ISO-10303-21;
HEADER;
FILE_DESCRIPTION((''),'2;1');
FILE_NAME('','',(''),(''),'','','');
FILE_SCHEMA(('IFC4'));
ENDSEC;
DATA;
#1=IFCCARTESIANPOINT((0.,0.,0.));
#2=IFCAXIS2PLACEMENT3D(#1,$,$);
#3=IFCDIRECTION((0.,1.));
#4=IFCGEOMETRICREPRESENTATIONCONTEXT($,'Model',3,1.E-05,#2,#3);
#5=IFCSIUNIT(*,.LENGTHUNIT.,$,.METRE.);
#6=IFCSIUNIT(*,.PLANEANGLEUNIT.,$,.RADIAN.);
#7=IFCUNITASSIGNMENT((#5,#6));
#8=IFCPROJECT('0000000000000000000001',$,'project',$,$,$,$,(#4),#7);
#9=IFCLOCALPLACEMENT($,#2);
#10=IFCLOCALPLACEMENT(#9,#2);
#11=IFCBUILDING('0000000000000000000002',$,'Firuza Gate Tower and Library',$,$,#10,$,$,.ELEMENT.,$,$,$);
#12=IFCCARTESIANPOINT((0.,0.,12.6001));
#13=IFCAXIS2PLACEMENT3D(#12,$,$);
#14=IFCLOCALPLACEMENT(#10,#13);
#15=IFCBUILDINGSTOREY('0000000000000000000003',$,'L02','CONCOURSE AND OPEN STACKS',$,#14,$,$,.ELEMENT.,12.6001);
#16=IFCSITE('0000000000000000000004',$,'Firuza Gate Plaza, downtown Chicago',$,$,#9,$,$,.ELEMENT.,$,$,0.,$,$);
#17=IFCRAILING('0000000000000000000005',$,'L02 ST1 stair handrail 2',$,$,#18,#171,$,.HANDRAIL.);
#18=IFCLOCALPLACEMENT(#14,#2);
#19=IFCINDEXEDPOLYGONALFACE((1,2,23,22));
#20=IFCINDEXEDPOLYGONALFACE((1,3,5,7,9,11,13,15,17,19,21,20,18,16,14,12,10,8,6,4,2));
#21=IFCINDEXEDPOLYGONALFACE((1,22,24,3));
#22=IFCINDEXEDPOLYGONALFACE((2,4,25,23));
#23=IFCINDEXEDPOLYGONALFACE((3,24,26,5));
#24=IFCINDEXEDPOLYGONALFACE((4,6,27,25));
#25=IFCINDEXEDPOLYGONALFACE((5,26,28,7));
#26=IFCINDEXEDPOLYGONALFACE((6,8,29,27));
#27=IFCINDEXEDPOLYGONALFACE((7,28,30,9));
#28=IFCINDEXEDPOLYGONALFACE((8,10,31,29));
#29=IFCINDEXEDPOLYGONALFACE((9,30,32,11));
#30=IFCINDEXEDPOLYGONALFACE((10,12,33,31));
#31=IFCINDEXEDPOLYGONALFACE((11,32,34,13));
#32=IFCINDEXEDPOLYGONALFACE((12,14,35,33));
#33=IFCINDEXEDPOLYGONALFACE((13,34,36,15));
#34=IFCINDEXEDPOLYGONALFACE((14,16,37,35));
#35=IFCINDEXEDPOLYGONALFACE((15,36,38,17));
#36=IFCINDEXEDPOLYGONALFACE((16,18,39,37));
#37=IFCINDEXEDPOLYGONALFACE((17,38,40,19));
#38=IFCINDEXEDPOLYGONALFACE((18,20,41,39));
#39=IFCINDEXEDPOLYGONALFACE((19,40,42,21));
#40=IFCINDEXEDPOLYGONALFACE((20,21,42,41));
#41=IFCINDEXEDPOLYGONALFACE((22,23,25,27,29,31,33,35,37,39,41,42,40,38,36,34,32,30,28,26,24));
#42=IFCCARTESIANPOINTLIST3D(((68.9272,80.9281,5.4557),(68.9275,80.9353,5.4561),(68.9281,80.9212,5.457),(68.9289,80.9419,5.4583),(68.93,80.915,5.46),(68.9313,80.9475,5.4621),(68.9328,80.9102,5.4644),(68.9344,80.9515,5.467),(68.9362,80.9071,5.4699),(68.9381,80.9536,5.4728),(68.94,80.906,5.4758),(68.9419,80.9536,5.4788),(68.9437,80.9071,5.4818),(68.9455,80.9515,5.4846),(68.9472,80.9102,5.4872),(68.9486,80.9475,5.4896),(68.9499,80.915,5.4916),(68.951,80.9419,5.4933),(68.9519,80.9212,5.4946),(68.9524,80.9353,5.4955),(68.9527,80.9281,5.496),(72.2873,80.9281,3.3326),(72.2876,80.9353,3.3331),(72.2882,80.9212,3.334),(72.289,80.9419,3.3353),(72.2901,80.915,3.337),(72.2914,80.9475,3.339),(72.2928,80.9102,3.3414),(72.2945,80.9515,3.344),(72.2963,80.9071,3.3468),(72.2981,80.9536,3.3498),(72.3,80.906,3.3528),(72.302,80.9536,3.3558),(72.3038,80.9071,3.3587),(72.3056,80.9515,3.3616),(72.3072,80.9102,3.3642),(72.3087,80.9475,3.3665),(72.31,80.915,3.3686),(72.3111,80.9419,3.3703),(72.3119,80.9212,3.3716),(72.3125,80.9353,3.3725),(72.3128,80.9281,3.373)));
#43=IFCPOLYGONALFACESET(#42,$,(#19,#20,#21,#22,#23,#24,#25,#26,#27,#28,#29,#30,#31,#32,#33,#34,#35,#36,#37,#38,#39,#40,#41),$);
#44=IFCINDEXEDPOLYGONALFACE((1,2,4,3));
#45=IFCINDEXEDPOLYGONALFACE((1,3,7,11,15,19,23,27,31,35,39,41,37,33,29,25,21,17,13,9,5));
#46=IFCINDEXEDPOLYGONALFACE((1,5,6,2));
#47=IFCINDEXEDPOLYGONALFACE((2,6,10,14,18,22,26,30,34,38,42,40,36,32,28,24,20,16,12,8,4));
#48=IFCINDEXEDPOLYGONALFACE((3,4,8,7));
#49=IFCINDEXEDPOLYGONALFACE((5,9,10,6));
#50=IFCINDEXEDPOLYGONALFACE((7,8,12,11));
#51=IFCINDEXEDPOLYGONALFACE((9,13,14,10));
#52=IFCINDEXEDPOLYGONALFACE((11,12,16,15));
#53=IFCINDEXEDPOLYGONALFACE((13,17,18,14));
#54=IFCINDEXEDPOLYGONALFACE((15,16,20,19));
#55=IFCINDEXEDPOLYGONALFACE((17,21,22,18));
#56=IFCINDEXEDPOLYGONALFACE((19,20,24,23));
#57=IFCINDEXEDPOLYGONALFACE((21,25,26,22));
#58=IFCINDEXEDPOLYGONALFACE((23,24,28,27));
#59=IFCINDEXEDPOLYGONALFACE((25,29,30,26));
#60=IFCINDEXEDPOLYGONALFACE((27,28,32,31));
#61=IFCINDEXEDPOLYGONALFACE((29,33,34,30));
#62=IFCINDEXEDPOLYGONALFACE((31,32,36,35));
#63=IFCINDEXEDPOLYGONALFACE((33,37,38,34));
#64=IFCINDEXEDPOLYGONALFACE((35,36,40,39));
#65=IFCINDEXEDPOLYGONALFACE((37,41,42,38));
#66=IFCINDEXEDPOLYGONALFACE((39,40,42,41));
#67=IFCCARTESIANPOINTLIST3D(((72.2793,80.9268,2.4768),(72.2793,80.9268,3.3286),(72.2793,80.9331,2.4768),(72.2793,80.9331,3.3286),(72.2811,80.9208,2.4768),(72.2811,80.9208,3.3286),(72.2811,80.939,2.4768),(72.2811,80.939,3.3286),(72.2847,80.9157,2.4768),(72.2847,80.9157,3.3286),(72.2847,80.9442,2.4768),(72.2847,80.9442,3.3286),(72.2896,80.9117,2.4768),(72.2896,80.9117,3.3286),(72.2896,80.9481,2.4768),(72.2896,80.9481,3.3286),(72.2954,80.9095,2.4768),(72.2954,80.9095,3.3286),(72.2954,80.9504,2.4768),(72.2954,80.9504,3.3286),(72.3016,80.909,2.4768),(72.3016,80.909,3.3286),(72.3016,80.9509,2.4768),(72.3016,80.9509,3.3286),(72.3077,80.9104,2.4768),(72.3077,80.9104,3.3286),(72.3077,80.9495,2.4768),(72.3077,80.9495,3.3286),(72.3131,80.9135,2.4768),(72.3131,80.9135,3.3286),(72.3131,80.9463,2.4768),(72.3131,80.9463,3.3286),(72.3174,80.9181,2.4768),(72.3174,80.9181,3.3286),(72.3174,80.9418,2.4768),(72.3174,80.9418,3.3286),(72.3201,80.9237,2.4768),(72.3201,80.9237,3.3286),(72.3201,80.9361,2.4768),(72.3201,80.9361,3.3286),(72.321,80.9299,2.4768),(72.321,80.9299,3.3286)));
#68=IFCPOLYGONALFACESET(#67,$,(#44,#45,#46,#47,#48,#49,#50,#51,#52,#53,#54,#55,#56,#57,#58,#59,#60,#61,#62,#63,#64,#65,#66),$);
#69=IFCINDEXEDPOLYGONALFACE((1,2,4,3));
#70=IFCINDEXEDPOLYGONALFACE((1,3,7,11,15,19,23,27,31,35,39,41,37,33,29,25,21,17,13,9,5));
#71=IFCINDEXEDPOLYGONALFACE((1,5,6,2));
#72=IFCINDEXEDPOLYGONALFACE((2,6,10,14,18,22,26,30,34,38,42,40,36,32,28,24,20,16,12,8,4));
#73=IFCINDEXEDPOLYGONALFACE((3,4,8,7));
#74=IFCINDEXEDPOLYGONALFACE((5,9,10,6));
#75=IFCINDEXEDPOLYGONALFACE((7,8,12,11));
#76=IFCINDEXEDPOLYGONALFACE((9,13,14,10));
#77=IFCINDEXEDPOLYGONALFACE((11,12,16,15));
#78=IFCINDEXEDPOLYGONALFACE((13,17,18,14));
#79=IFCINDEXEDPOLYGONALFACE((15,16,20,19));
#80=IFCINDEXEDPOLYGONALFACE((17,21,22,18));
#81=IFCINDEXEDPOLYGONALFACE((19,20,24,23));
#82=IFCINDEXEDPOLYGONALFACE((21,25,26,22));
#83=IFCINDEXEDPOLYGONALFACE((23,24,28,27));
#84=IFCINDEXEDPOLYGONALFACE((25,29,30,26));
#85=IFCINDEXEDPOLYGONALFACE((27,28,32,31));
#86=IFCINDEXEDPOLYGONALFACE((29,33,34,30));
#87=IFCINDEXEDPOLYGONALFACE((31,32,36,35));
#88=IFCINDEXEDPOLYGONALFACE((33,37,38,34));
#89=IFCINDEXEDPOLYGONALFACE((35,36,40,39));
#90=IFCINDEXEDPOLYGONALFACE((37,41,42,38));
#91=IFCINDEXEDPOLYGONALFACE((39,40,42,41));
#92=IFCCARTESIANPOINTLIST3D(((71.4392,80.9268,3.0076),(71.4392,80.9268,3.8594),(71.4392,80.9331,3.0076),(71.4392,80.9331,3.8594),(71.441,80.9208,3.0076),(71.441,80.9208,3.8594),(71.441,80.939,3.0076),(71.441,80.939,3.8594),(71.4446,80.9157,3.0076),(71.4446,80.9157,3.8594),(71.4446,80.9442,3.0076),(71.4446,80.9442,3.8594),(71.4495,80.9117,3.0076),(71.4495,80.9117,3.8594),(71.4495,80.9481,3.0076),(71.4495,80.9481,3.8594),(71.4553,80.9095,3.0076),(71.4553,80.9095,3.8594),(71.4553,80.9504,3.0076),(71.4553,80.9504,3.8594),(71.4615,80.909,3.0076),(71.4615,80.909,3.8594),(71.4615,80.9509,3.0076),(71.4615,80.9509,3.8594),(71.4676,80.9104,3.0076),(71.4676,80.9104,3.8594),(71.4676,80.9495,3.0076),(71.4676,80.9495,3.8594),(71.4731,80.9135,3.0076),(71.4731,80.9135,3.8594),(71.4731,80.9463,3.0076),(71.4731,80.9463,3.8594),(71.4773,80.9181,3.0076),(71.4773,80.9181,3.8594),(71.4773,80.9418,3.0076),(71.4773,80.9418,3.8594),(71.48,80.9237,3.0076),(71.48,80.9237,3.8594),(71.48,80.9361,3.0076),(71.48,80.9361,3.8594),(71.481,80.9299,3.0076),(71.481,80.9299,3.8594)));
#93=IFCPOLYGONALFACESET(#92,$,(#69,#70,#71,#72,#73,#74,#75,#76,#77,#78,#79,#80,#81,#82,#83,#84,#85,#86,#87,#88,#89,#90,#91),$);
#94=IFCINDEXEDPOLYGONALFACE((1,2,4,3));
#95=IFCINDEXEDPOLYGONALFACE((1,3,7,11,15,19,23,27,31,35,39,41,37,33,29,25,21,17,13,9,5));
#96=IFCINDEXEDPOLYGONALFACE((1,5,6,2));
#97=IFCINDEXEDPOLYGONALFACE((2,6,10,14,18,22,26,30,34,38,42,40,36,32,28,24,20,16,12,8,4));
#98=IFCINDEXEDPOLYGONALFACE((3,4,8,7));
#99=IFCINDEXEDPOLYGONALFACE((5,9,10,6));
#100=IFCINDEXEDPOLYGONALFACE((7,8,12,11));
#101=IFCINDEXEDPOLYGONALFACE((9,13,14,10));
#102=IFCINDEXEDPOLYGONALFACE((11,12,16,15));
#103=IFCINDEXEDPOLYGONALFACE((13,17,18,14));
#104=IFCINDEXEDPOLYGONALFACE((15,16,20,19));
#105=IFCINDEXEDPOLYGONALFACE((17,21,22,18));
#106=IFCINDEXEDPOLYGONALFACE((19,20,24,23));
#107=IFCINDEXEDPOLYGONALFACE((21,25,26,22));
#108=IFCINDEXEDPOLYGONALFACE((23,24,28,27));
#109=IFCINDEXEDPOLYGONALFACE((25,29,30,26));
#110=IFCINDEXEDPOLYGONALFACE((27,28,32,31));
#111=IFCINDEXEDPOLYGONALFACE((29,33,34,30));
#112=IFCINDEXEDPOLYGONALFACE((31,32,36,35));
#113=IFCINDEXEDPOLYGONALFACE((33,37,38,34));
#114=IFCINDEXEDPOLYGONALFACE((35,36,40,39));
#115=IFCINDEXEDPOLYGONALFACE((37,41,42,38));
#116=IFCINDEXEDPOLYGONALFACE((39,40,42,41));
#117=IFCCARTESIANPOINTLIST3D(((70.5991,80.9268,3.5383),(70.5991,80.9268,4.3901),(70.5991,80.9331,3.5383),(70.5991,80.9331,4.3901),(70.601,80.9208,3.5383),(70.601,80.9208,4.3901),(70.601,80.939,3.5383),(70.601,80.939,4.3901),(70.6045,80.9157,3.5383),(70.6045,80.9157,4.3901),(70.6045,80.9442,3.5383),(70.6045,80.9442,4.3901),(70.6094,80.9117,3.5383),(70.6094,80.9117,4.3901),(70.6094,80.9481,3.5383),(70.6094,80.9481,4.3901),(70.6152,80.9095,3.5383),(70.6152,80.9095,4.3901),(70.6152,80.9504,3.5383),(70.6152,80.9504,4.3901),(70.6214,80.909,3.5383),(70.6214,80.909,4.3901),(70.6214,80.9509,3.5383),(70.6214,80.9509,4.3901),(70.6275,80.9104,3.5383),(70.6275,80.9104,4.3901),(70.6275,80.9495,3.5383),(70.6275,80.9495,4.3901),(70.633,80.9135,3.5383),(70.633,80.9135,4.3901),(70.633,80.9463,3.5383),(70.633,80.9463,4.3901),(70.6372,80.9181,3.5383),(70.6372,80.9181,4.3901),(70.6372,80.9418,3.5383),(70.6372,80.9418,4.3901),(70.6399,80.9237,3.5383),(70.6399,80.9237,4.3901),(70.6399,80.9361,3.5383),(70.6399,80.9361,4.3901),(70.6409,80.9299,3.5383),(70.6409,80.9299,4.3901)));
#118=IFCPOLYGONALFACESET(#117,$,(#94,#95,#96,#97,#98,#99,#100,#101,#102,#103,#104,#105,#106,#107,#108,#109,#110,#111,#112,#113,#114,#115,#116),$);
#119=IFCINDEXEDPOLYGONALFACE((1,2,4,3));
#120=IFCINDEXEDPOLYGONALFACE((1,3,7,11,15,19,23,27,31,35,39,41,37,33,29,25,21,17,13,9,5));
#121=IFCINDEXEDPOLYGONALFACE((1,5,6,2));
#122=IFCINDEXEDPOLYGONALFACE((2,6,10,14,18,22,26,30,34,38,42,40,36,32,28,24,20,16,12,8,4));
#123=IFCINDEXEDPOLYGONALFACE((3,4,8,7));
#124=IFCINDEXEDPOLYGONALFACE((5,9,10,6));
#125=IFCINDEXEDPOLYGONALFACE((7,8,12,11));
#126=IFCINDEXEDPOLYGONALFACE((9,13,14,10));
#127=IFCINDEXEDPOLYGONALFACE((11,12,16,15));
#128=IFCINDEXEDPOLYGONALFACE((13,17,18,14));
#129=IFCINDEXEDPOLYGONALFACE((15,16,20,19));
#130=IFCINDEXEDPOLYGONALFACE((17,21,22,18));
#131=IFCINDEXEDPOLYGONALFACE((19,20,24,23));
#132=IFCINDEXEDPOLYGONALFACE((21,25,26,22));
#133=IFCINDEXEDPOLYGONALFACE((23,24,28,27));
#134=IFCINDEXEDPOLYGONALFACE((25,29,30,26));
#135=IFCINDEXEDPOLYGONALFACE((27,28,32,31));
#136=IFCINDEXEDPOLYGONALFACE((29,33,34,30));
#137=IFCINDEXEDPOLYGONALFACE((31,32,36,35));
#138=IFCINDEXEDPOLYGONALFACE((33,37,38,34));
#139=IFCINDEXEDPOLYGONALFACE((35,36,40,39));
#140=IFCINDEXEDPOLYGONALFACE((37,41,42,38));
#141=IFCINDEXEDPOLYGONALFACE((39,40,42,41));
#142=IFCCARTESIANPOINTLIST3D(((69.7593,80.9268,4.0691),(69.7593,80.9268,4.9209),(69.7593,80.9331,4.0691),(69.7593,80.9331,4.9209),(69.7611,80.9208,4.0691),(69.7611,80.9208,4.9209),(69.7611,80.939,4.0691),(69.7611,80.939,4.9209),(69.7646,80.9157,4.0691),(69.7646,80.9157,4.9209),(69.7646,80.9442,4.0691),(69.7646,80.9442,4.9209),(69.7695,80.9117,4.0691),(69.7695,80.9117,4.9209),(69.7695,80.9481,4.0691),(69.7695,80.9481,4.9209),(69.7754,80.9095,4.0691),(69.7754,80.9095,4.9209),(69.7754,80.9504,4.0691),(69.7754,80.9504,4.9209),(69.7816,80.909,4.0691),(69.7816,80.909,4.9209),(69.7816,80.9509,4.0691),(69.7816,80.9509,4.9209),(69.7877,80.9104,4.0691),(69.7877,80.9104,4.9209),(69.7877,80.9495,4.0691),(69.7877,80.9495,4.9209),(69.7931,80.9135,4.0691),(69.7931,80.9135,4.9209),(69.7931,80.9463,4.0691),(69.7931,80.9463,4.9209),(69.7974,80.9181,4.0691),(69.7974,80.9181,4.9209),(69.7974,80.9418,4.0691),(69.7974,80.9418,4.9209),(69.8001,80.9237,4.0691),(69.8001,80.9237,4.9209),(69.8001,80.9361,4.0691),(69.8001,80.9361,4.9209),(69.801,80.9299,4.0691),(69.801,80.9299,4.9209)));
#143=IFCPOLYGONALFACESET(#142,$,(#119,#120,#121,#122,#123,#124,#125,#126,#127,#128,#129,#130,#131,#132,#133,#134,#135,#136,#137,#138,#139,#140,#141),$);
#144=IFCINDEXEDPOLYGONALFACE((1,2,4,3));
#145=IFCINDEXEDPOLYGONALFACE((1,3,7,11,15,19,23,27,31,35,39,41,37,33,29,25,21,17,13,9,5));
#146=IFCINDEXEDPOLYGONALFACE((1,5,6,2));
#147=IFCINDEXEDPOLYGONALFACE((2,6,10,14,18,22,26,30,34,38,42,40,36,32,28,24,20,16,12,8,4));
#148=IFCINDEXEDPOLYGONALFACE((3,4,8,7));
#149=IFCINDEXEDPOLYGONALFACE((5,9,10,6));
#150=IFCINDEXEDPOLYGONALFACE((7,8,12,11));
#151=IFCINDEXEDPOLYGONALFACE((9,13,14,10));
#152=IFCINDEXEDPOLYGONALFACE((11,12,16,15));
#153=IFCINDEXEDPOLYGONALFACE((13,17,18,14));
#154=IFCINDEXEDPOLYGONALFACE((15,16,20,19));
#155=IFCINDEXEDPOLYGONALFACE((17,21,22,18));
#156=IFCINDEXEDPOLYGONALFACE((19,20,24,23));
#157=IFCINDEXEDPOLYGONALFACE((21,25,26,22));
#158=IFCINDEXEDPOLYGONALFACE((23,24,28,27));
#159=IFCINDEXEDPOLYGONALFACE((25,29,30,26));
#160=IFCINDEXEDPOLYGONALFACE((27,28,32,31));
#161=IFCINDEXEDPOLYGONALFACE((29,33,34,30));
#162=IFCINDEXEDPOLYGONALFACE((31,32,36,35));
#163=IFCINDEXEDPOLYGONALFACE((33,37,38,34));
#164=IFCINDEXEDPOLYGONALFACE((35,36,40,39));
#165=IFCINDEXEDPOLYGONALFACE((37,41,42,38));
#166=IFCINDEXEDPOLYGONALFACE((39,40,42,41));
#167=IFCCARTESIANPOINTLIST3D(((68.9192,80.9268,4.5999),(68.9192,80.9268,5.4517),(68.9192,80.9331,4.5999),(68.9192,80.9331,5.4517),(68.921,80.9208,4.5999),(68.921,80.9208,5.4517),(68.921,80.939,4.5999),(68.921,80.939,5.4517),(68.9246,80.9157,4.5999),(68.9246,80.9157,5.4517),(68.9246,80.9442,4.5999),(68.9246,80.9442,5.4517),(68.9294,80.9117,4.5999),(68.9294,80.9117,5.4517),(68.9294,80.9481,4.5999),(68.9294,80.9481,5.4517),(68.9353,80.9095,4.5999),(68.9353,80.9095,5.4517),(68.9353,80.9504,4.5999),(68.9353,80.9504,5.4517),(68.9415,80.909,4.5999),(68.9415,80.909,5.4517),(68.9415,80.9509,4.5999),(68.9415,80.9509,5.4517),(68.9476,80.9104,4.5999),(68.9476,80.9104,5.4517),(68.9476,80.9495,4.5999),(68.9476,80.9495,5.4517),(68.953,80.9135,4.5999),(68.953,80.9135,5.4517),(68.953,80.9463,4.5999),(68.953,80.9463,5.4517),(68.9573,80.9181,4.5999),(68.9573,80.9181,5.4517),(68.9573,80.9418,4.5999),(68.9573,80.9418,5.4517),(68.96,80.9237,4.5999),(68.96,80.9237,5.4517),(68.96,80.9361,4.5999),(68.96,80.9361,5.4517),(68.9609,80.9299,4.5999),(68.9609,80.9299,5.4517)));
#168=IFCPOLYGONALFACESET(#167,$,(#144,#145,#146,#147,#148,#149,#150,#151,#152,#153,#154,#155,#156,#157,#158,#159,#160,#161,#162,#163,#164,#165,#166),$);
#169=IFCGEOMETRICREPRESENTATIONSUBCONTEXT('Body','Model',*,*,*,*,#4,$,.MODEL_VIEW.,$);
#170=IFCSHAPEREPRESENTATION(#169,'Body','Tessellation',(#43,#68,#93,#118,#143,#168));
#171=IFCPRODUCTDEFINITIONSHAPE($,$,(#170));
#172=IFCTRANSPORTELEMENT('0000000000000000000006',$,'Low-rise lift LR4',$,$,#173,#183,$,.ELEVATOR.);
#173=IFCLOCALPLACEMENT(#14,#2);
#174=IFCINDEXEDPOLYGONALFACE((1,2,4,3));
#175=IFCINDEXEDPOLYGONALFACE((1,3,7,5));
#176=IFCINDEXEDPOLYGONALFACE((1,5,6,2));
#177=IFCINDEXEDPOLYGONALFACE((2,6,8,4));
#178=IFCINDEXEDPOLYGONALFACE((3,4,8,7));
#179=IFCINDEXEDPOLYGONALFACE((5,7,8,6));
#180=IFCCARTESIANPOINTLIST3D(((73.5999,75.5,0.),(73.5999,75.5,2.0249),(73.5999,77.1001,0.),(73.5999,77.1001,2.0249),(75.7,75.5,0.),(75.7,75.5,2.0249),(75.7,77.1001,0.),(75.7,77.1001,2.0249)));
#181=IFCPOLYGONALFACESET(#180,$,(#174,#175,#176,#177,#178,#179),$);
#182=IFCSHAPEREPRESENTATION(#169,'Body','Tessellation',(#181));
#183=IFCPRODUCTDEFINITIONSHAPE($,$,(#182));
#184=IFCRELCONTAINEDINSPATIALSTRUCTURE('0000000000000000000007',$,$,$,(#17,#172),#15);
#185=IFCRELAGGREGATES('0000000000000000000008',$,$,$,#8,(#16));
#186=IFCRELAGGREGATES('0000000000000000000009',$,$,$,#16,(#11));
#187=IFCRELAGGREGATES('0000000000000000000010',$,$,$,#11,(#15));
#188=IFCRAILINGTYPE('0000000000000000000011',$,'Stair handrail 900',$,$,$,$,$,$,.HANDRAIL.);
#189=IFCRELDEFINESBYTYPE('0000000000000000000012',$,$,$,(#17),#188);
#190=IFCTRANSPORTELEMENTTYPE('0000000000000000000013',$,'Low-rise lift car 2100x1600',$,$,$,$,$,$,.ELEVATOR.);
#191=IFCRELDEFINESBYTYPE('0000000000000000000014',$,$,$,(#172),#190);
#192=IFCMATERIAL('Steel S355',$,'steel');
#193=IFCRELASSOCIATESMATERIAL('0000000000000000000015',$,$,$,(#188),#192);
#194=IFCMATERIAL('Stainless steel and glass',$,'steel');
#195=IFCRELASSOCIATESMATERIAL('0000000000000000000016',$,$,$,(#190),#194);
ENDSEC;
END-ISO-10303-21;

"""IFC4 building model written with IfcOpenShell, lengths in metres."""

from ifc_helpers import new_model, si_unit, direction, frame, origin, origin_2d, place, context, subcontext, project, spatial, rectangle, circle, extrude, material, type_object, element, save


model = new_model("IFC4")

# Units and contexts
model_context = context("Model", 3, precision=1e-05, world=origin(), true_north=direction((0.0, 1.0)))
body_context = subcontext(model_context, "Body", "Model", "MODEL_VIEW")
ifc_project = project(units=[si_unit("LENGTHUNIT", "METRE"), si_unit("PLANEANGLEUNIT", "RADIAN")], contexts=[model_context])

# Site, building, storey
site_placement = place(None, origin())
site = spatial("IfcSite", under=ifc_project, at=site_placement, Name="Firuza Gate Plaza, downtown Chicago", CompositionType="ELEMENT", RefElevation=0.0)
building_placement = place(site_placement, origin())
building = spatial("IfcBuilding", under=site, at=building_placement, Name="Firuza Gate Tower and Library", CompositionType="ELEMENT")
storey_placement = place(building_placement, frame((0.0, 0.0, 12.6001)))
storey = spatial("IfcBuildingStorey", under=building, at=storey_placement, Name="L02", Description="CONCOURSE AND OPEN STACKS", CompositionType="ELEMENT", Elevation=12.6001)

# Railing
ifc_material_1 = material(Name="Steel S355", Category="steel")
railing_type_1 = type_object("IfcRailingType", Name="Stair handrail 900", PredefinedType="HANDRAIL", material=ifc_material_1)
railing_1_placement = place(storey_placement, frame((72.3, 80.9299, 2.4768)))
element("IfcRailing", 1, at=railing_1_placement, inside=storey, type_object=railing_type_1, Name="L02 ST1 stair handrail 2", PredefinedType="HANDRAIL", context=body_context, shape_type="SweptSolid", body=[
    extrude(circle(Radius=0.0239, at=origin_2d()), frame((0.0, 0.0, 0.876), z_axis=(-0.84539, 0.0, 0.53415), x_axis=(0.0, -1.0, 0.0)), (0.0, 0.0, 1.0), 3.9746),
    extrude(circle(Radius=0.021, at=origin_2d()), origin(), (0.0, 0.0, 1.0), 0.8518),
    extrude(circle(Radius=0.021, at=origin_2d()), frame((-0.8401, 0.0, 0.5308)), (0.0, 0.0, 1.0), 0.8518),
    extrude(circle(Radius=0.021, at=origin_2d()), frame((-1.6802, 0.0, 1.0615)), (0.0, 0.0, 1.0), 0.8518),
    extrude(circle(Radius=0.021, at=origin_2d()), frame((-2.52, 0.0, 1.5923)), (0.0, 0.0, 1.0), 0.8518),
    extrude(circle(Radius=0.021, at=origin_2d()), frame((-3.3601, 0.0, 2.123)), (0.0, 0.0, 1.0), 0.8518),
])

# Transport element
ifc_material_2 = material(Name="Stainless steel and glass", Category="steel")
transport_element_type = type_object("IfcTransportElementType", Name="Low-rise lift car 2100x1600", PredefinedType="ELEVATOR", material=ifc_material_2)
transport_element_placement = place(storey_placement, frame((74.6499, 76.3, 0.0), z_axis=(0.0, 0.0, 1.0), x_axis=(1.0, 0.0, 0.0)))
element("IfcTransportElement", 2, at=transport_element_placement, inside=storey, type_object=transport_element_type, Name="Low-rise lift LR4", PredefinedType="ELEVATOR", context=body_context, shape_type="SweptSolid", body=[
    extrude(rectangle(XDim=2.1001, YDim=1.6001, at=origin_2d()), origin(), (0.0, 0.0, 1.0), 2.0249),
])

save(model, "model.ifc")
